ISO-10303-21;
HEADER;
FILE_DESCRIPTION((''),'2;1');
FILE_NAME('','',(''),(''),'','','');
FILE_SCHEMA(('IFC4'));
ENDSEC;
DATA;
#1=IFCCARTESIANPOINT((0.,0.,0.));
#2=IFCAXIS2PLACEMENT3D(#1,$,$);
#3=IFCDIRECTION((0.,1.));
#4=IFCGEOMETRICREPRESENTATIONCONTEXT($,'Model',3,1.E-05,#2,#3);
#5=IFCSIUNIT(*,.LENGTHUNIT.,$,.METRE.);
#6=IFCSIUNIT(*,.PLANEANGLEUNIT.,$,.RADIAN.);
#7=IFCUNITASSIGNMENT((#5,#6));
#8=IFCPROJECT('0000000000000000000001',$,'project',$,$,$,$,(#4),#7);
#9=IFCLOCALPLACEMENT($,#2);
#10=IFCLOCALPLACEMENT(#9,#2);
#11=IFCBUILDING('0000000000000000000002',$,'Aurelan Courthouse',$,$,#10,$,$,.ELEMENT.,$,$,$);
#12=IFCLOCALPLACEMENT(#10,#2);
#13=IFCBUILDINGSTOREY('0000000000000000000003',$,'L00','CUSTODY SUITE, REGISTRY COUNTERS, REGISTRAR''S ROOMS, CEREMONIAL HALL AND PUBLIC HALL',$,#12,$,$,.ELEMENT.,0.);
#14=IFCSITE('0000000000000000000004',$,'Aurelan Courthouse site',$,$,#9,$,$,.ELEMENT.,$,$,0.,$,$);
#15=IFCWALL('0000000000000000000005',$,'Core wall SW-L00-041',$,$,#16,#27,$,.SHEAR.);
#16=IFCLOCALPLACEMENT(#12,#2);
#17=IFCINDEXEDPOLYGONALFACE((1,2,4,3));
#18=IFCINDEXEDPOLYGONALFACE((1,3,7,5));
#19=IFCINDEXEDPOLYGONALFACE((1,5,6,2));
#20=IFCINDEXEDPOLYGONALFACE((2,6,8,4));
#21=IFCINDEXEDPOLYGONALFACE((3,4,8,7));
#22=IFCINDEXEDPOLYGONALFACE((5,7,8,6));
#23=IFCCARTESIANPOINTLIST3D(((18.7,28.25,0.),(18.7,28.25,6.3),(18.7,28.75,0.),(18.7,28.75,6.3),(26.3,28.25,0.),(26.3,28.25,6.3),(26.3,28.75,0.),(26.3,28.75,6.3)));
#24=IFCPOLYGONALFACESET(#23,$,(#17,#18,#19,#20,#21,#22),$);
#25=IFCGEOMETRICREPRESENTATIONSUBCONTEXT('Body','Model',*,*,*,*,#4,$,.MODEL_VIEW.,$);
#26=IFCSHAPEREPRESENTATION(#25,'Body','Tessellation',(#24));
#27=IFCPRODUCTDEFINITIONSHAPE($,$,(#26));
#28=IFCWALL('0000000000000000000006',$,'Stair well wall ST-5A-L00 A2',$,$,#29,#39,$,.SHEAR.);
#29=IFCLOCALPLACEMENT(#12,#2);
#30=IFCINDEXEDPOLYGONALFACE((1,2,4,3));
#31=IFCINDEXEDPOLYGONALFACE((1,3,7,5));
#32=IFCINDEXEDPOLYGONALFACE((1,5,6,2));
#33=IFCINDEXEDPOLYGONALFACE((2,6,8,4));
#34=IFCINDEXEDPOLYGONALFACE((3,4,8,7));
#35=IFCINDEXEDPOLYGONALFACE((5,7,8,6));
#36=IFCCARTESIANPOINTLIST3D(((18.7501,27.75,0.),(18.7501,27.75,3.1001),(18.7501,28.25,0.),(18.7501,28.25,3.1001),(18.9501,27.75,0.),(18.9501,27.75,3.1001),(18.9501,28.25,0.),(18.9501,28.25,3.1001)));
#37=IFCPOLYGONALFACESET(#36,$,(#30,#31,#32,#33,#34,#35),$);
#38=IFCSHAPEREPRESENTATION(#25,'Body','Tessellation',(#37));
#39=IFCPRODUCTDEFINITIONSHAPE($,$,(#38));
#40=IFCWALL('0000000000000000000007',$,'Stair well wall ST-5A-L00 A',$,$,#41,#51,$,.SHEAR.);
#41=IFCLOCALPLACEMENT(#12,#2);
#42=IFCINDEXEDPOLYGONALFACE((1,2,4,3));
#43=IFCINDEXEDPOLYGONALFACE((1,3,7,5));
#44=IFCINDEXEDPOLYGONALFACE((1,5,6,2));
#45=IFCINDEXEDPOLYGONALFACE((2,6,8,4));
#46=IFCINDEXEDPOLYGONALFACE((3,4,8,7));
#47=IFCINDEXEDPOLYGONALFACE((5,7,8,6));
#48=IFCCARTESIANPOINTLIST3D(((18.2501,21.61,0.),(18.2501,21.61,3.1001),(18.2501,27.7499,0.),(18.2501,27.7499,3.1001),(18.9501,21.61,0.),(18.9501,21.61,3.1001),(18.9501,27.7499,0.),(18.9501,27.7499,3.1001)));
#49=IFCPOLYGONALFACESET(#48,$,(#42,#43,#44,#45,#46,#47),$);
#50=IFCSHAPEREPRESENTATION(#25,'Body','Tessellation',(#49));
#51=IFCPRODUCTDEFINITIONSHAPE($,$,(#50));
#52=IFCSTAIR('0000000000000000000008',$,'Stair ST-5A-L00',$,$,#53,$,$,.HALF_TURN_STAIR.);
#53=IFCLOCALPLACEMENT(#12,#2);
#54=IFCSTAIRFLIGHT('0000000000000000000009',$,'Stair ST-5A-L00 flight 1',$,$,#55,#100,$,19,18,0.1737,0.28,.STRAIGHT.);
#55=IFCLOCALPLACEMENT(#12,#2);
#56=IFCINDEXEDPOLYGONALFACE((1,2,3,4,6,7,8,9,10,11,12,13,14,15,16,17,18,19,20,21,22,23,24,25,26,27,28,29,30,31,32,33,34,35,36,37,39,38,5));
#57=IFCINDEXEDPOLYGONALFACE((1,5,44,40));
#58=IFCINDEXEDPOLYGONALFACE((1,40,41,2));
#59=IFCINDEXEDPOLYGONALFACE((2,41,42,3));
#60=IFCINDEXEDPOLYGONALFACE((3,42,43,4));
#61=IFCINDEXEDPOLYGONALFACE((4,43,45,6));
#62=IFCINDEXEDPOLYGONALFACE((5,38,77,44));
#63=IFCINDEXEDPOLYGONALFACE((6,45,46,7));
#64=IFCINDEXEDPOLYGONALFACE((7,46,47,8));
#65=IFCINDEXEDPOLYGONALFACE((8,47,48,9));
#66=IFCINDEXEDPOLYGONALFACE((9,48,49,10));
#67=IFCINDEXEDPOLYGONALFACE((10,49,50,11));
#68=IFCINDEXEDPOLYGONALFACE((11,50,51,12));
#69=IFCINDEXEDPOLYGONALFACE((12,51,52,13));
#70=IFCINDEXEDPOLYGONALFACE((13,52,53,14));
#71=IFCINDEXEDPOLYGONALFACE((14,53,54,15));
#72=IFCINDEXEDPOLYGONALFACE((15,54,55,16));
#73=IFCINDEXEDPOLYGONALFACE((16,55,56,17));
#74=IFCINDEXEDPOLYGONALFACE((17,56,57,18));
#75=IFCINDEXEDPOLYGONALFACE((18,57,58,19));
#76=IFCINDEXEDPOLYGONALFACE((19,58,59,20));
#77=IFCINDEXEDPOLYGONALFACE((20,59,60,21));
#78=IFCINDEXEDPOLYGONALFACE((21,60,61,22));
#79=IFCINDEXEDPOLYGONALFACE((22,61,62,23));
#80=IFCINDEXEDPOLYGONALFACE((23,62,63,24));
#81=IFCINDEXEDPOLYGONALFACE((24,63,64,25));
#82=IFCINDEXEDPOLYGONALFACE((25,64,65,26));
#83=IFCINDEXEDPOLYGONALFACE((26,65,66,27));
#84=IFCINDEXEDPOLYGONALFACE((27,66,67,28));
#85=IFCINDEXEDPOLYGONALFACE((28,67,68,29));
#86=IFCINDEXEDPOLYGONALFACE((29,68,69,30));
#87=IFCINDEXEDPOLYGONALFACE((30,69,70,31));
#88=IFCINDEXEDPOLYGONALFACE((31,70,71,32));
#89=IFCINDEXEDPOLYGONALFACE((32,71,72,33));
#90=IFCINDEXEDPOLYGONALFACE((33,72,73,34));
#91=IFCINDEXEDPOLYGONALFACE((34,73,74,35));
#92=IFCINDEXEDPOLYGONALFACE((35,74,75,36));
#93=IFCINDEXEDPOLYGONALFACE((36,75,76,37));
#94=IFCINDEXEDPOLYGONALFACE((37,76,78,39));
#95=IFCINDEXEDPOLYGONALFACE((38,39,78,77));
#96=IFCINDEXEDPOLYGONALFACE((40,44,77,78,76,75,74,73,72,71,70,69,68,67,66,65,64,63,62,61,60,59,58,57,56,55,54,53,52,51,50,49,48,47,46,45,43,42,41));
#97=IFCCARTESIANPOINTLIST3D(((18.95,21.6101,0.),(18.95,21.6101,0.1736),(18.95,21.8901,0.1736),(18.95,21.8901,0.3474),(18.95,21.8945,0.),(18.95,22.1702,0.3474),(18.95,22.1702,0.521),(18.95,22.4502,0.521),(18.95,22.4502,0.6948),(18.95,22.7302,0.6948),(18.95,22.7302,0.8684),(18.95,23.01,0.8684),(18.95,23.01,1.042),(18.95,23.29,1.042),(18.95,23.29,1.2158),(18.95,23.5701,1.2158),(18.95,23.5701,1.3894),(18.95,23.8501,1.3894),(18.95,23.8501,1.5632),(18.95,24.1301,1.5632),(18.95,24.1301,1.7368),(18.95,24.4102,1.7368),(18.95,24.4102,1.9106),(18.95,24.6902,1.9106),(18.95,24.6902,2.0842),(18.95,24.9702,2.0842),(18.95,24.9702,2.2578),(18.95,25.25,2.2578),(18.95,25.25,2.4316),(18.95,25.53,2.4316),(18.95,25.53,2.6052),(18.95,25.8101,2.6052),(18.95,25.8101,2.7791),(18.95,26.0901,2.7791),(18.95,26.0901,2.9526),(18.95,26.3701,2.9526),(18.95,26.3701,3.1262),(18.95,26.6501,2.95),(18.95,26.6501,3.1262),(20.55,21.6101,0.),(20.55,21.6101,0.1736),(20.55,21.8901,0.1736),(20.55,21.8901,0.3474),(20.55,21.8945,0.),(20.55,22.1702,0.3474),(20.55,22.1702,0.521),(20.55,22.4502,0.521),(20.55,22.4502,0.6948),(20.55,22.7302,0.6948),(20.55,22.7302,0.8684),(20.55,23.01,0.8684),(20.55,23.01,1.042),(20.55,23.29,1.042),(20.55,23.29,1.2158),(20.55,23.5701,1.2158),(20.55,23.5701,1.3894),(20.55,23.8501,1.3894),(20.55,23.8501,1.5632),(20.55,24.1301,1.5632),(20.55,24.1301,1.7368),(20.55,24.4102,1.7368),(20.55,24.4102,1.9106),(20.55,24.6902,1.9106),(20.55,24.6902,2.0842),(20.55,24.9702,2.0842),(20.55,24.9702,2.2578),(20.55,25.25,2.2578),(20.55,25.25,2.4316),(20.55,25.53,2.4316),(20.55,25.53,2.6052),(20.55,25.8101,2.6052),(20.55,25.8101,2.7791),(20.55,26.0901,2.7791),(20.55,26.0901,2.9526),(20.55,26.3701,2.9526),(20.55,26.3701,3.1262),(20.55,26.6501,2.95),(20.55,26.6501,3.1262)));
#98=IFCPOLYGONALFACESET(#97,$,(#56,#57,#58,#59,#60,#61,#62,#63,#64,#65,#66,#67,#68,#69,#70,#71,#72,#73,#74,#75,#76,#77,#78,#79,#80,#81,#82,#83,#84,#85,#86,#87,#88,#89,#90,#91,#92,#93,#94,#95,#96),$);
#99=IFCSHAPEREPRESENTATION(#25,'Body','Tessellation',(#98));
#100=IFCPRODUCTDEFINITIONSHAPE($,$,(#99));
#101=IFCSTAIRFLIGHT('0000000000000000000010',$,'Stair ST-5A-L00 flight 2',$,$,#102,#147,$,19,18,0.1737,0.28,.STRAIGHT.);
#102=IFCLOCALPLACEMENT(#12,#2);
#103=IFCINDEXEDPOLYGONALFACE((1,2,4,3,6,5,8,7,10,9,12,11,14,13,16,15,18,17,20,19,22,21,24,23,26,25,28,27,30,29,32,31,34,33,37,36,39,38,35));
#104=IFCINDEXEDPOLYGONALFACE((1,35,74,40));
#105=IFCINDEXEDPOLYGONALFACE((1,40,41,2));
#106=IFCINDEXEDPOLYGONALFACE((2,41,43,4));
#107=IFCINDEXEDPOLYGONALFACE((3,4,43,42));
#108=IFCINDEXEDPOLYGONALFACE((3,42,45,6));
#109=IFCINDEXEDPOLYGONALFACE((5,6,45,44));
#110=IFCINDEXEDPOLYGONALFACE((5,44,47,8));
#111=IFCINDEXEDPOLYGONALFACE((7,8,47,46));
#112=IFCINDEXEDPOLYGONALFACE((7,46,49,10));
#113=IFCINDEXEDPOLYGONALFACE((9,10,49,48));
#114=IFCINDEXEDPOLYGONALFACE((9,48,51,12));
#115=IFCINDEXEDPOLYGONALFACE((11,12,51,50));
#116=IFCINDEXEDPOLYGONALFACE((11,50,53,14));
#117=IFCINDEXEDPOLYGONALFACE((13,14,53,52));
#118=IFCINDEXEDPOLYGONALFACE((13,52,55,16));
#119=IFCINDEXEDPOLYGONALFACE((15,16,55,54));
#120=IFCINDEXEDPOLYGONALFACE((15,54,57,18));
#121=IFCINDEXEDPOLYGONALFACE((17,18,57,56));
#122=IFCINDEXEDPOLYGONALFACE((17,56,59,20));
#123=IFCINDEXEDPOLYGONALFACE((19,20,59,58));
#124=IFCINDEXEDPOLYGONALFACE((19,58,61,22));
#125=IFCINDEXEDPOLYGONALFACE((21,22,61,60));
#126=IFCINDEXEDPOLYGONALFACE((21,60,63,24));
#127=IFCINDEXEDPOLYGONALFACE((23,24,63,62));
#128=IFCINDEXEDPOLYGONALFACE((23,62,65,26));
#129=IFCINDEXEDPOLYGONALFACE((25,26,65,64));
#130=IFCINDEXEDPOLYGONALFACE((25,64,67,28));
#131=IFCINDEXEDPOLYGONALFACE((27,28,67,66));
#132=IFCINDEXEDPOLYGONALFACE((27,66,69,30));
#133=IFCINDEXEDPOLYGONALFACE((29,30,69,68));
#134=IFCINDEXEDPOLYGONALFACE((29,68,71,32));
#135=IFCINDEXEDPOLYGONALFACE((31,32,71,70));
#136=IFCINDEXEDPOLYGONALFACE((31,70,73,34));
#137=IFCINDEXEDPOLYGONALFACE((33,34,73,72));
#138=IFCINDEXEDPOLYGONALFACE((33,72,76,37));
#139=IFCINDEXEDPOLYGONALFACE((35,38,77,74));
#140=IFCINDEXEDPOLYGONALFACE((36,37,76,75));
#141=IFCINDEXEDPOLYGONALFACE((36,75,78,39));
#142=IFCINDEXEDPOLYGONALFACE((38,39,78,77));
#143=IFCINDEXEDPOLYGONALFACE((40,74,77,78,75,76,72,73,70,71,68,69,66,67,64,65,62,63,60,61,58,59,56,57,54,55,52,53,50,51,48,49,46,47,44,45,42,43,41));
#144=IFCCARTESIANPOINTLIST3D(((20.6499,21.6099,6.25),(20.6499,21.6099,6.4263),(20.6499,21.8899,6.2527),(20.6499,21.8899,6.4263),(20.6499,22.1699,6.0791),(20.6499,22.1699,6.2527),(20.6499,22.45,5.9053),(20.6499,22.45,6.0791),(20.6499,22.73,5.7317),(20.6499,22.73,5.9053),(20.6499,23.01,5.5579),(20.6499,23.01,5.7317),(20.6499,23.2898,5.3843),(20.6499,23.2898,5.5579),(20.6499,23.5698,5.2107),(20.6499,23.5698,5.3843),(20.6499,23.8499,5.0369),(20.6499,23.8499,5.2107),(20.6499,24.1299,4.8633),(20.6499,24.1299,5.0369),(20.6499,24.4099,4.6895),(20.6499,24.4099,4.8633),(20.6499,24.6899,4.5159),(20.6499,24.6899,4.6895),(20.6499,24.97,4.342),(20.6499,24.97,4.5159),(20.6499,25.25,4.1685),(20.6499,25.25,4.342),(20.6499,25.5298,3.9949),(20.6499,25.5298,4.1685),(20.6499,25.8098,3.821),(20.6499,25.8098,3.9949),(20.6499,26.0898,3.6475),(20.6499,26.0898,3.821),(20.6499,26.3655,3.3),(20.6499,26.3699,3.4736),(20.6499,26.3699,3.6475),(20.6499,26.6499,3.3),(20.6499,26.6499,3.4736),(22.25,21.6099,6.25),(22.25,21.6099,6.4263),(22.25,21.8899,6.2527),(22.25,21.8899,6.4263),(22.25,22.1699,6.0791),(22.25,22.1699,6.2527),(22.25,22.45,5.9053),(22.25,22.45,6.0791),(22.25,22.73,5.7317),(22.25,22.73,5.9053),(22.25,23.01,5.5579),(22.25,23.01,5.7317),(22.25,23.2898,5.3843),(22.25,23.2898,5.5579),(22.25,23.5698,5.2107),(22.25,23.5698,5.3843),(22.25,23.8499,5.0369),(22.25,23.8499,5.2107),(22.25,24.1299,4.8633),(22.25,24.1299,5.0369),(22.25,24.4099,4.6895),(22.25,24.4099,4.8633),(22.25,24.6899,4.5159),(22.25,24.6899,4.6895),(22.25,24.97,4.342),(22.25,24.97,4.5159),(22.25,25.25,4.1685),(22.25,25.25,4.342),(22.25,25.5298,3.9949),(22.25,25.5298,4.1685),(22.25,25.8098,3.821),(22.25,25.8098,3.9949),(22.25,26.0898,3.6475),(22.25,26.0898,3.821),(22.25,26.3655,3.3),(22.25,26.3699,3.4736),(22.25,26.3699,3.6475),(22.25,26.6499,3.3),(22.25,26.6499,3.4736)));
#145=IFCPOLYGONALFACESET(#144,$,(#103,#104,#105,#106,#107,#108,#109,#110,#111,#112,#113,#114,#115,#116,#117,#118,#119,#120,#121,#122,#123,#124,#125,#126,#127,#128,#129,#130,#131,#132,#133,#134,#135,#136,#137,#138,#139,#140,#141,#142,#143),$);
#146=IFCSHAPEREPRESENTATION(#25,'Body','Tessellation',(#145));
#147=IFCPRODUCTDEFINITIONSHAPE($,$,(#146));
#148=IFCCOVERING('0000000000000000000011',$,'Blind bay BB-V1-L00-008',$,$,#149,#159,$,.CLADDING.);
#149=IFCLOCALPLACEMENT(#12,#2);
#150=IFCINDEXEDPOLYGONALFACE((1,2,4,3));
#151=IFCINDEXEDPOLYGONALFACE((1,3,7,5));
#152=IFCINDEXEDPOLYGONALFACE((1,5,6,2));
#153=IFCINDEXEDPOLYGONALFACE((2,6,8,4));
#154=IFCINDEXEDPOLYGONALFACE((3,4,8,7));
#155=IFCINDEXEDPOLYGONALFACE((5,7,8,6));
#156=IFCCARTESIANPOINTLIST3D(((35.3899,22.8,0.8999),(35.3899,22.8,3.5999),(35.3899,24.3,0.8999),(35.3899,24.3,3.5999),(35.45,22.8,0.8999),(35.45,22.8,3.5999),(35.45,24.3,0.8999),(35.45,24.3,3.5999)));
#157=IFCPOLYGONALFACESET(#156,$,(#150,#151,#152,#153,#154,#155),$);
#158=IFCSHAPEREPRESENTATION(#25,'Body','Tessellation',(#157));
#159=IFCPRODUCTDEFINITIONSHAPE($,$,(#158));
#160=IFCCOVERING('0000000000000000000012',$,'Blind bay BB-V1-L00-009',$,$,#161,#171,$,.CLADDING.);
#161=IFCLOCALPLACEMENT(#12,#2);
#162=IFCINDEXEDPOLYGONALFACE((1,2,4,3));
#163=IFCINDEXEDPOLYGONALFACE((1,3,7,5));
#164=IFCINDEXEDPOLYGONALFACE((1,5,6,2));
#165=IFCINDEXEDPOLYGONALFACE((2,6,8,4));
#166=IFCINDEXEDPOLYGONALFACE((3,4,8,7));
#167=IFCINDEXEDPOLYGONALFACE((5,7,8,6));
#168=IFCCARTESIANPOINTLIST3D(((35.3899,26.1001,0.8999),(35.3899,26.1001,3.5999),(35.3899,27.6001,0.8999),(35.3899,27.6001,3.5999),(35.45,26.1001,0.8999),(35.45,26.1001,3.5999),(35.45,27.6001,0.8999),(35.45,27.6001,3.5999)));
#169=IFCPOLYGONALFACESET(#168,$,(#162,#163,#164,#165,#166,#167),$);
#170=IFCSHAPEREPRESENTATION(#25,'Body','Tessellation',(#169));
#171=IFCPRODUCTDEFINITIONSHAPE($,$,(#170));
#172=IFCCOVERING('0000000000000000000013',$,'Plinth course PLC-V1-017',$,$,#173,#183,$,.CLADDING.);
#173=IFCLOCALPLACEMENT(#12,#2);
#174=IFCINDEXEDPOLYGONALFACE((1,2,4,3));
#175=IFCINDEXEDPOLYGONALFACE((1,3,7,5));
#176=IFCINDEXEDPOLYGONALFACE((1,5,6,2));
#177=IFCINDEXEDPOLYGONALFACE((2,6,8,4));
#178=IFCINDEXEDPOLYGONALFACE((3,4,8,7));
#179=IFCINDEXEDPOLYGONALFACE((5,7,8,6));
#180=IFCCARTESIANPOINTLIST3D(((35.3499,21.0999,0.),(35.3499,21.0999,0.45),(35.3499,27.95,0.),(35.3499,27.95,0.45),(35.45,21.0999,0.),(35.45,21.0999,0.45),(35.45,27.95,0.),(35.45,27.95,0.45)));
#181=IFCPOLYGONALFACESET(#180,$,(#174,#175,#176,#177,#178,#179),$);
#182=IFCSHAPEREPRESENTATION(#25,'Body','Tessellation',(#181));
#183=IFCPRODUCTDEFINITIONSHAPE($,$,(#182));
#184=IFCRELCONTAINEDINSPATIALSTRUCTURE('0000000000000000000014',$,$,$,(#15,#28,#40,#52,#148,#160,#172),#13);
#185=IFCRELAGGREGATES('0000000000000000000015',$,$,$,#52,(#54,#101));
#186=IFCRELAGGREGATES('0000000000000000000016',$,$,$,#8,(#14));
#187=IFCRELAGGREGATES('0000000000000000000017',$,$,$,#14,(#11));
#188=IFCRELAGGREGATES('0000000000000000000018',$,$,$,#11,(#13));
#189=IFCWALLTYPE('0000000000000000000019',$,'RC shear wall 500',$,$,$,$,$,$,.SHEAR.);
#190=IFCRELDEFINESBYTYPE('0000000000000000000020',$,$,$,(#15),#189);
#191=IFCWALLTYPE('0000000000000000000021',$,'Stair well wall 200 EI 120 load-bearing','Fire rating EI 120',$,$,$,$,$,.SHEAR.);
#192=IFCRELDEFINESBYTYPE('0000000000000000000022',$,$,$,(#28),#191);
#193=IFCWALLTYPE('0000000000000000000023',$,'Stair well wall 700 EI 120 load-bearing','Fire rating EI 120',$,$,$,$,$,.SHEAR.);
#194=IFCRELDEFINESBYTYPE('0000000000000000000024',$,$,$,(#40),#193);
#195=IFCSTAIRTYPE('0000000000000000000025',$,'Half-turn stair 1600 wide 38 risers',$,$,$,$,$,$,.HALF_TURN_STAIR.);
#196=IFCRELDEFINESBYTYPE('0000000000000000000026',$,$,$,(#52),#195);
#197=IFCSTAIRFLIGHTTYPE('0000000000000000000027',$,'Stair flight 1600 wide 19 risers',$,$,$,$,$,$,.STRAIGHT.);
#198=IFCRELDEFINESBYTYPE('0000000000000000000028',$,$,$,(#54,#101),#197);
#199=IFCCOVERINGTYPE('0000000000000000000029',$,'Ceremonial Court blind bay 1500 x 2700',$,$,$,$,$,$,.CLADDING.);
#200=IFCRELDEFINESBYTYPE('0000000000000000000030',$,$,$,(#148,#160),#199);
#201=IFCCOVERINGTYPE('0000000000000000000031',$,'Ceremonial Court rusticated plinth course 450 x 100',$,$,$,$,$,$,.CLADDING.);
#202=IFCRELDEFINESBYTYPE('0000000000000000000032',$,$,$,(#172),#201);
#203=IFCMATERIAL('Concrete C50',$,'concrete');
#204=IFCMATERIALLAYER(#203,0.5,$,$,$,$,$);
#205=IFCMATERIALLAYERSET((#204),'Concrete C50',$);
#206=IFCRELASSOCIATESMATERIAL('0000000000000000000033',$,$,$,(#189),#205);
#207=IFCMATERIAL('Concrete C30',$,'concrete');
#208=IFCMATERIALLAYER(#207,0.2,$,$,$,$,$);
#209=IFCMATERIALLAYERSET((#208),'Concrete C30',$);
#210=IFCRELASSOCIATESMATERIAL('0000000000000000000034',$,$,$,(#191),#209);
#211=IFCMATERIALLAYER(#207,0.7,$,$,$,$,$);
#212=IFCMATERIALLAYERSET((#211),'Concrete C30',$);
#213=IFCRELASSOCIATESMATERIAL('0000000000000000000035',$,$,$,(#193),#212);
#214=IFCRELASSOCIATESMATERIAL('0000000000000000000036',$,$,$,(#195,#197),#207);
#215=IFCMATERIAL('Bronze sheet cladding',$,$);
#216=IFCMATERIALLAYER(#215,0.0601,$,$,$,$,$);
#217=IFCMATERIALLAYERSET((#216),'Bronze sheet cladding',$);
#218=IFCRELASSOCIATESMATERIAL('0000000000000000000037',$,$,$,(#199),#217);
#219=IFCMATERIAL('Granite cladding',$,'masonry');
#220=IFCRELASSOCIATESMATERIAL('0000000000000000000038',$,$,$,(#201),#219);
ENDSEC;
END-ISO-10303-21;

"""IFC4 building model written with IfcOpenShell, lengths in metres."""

from ifc_helpers import new_model, si_unit, direction, frame, frame_2d, origin, origin_2d, place, context, subcontext, project, spatial, polyline, rectangle, outline, extrude, material, layer, layer_set, type_object, element, aggregate, save


model = new_model("IFC4")

# Units and contexts
model_context = context("Model", 3, precision=1e-05, world=origin(), true_north=direction((0.0, 1.0)))
body_context = subcontext(model_context, "Body", "Model", "MODEL_VIEW")
ifc_project = project(units=[si_unit("LENGTHUNIT", "METRE"), si_unit("PLANEANGLEUNIT", "RADIAN")], contexts=[model_context])

# Site, building, storey
site_placement = place(None, origin())
site = spatial("IfcSite", under=ifc_project, at=site_placement, Name="Aurelan Courthouse site", CompositionType="ELEMENT", RefElevation=0.0)
building_placement = place(site_placement, origin())
building = spatial("IfcBuilding", under=site, at=building_placement, Name="Aurelan Courthouse", CompositionType="ELEMENT")
storey_placement = place(building_placement, origin())
storey = spatial("IfcBuildingStorey", under=building, at=storey_placement, Name="L00", Description="CUSTODY SUITE, REGISTRY COUNTERS, REGISTRAR'S ROOMS, CEREMONIAL HALL AND PUBLIC HALL", CompositionType="ELEMENT", Elevation=0.0)

# Shared definitions
ifc_material_1 = material(Name="Concrete C50", Category="concrete")

# Shared definitions
ifc_material_2 = material(Name="Concrete C30", Category="concrete")
ifc_material_3 = material(Name="Granite cladding", Category="masonry")
ifc_layer_1 = layer(ifc_material_1, 0.5)
ifc_layer_set_1 = layer_set([ifc_layer_1], Name="Concrete C50")
wall_type_1 = type_object("IfcWallType", Name="RC shear wall 500", PredefinedType="SHEAR", material=ifc_layer_set_1)

# Walls
wall_1_placement = place(storey_placement, frame((18.7, 28.5, 0.0), z_axis=(0.0, 0.0, 1.0), x_axis=(1.0, 0.0, 0.0)))
element("IfcWall", 1, at=wall_1_placement, inside=storey, type_object=wall_type_1, Name="Core wall SW-L00-041", PredefinedType="SHEAR", context=body_context, shape_type="SweptSolid", body=[
    extrude(rectangle(XDim=7.6001, YDim=0.5, at=frame_2d((3.8, 0.0))), origin(), (0.0, 0.0, 1.0), 6.3),
])
ifc_layer_2 = layer(ifc_material_2, 0.2)
ifc_layer_set_2 = layer_set([ifc_layer_2], Name="Concrete C30")
wall_type_2 = type_object("IfcWallType", Name="Stair well wall 200 EI 120 load-bearing", Description="Fire rating EI 120", PredefinedType="SHEAR", material=ifc_layer_set_2)
wall_2_placement = place(storey_placement, frame((18.8501, 27.75, 0.0), z_axis=(0.0, 0.0, 1.0), x_axis=(0.0, 1.0, 0.0)))
element("IfcWall", 2, at=wall_2_placement, inside=storey, type_object=wall_type_2, Name="Stair well wall ST-5A-L00 A2", PredefinedType="SHEAR", context=body_context, shape_type="SweptSolid", body=[
    extrude(rectangle(XDim=0.5, YDim=0.2, at=frame_2d((0.25, 0.0))), origin(), (0.0, 0.0, 1.0), 3.1001),
])
ifc_layer_3 = layer(ifc_material_2, 0.7)
ifc_layer_set_3 = layer_set([ifc_layer_3], Name="Concrete C30")
wall_type_3 = type_object("IfcWallType", Name="Stair well wall 700 EI 120 load-bearing", Description="Fire rating EI 120", PredefinedType="SHEAR", material=ifc_layer_set_3)
wall_3_placement = place(storey_placement, frame((18.6001, 21.6101, 0.0), z_axis=(0.0, 0.0, 1.0), x_axis=(0.0, 1.0, 0.0)))
element("IfcWall", 3, at=wall_3_placement, inside=storey, type_object=wall_type_3, Name="Stair well wall ST-5A-L00 A", PredefinedType="SHEAR", context=body_context, shape_type="SweptSolid", body=[
    extrude(rectangle(XDim=6.1399, YDim=0.7, at=frame_2d((3.0698, 0.0))), origin(), (0.0, 0.0, 1.0), 3.1001),
])

# Stair, stair flights
stair_type = type_object("IfcStairType", Name="Half-turn stair 1600 wide 38 risers", PredefinedType="HALF_TURN_STAIR", material=ifc_material_2)
stair_placement = place(storey_placement, origin())
stair = element("IfcStair", 4, at=stair_placement, inside=storey, type_object=stair_type, Name="Stair ST-5A-L00", PredefinedType="HALF_TURN_STAIR")
stair_flight_type = type_object("IfcStairFlightType", Name="Stair flight 1600 wide 19 risers", PredefinedType="STRAIGHT", material=ifc_material_2)
stair_flight_1_placement = place(storey_placement, frame((19.75, 21.6101, 0.0), z_axis=(0.0, 0.0, 1.0), x_axis=(0.0, 1.0, 0.0)))
stair_flight_1 = element("IfcStairFlight", 5, at=stair_flight_1_placement, type_object=stair_flight_type, Name="Stair ST-5A-L00 flight 1", NumberOfRisers=19, NumberOfTreads=18, PredefinedType="STRAIGHT", RiserHeight=0.1737, TreadLength=0.28, context=body_context, shape_type="SweptSolid", body=[
    extrude(outline(polyline([(0.0, 0.0), (0.0, 0.1736), (0.28, 0.1736), (0.28, 0.3474), (0.5601, 0.3474), (0.5601, 0.521), (0.8401, 0.521), (0.8401, 0.6948), (1.1201, 0.6948), (1.1201, 0.8684), (1.3999, 0.8684), (1.3999, 1.042), (1.6799, 1.042), (1.6799, 1.2158), (1.96, 1.2158), (1.96, 1.3894), (2.24, 1.3894), (2.24, 1.5632), (2.52, 1.5632), (2.52, 1.7368), (2.8, 1.7368), (2.8, 1.9106), (3.0801, 1.9106), (3.0801, 2.0842), (3.3601, 2.0842), (3.3601, 2.2578), (3.6399, 2.2578), (3.6399, 2.4316), (3.9199, 2.4316), (3.9199, 2.6052), (4.2, 2.6052), (4.2, 2.7791), (4.48, 2.7791), (4.48, 2.9526), (4.76, 2.9526), (4.76, 3.1262), (5.04, 3.1262), (5.04, 3.3), (5.04, 2.95), (0.2844, 0.0), (0.0, 0.0)])), frame((0.0, 0.8, 0.0), z_axis=(0.0, -1.0, 0.0), x_axis=(1.0, 0.0, 0.0)), (0.0, 0.0, 1.0), 1.6001),
])
stair_flight_2_placement = place(storey_placement, frame((21.45, 26.6499, 3.3), z_axis=(0.0, 0.0, 1.0), x_axis=(0.0, -1.0, 0.0)))
stair_flight_2 = element("IfcStairFlight", 6, at=stair_flight_2_placement, type_object=stair_flight_type, Name="Stair ST-5A-L00 flight 2", NumberOfRisers=19, NumberOfTreads=18, PredefinedType="STRAIGHT", RiserHeight=0.1737, TreadLength=0.28, context=body_context, shape_type="SweptSolid", body=[
    extrude(outline(polyline([(0.0, 0.0), (0.0, 0.1736), (0.28, 0.1736), (0.28, 0.3474), (0.5601, 0.3474), (0.5601, 0.521), (0.8401, 0.521), (0.8401, 0.6948), (1.1201, 0.6948), (1.1201, 0.8684), (1.3999, 0.8684), (1.3999, 1.042), (1.6799, 1.042), (1.6799, 1.2158), (1.96, 1.2158), (1.96, 1.3894), (2.24, 1.3894), (2.24, 1.5632), (2.52, 1.5632), (2.52, 1.7368), (2.8, 1.7368), (2.8, 1.9106), (3.0801, 1.9106), (3.0801, 2.0842), (3.3601, 2.0842), (3.3601, 2.2578), (3.6399, 2.2578), (3.6399, 2.4316), (3.9199, 2.4316), (3.9199, 2.6052), (4.2, 2.6052), (4.2, 2.7791), (4.48, 2.7791), (4.48, 2.9526), (4.76, 2.9526), (4.76, 3.1262), (5.04, 3.1262), (5.04, 3.3), (5.04, 2.95), (0.2844, 0.0), (0.0, 0.0)])), frame((0.0, 0.8, 0.0), z_axis=(0.0, -1.0, 0.0), x_axis=(1.0, 0.0, 0.0)), (0.0, 0.0, 1.0), 1.6001),
])
aggregate(stair, [stair_flight_1, stair_flight_2])

# Coverings
ifc_material_4 = material(Name="Bronze sheet cladding")
ifc_layer_4 = layer(ifc_material_4, 0.0601)
ifc_layer_set_4 = layer_set([ifc_layer_4], Name="Bronze sheet cladding")
covering_type_1 = type_object("IfcCoveringType", Name="Ceremonial Court blind bay 1500 x 2700", PredefinedType="CLADDING", material=ifc_layer_set_4)
for number, where, z_axis, x_axis, name in (
    (7, (35.4199, 23.55, 0.8999), (0.0, 0.0, 1.0), (1.0, 0.0, 0.0), "Blind bay BB-V1-L00-008"),
    (8, (35.4199, 26.8501, 0.8999), (0.0, 0.0, 1.0), (1.0, 0.0, 0.0), "Blind bay BB-V1-L00-009"),
):
    element("IfcCovering", number, at=place(storey_placement, frame(where, z_axis=z_axis, x_axis=x_axis)), inside=storey, type_object=covering_type_1, Name=name, PredefinedType="CLADDING", context=body_context, shape_type="SweptSolid", body=[
        extrude(rectangle(XDim=0.0601, YDim=1.5, at=origin_2d()), origin(), (0.0, 0.0, 1.0), 2.7),
    ])
covering_type_2 = type_object("IfcCoveringType", Name="Ceremonial Court rusticated plinth course 450 x 100", PredefinedType="CLADDING", material=ifc_material_3)
covering_1_placement = place(storey_placement, frame((35.3999, 24.5249, 0.0), z_axis=(0.0, 0.0, 1.0), x_axis=(1.0, 0.0, 0.0)))
element("IfcCovering", 9, at=covering_1_placement, inside=storey, type_object=covering_type_2, Name="Plinth course PLC-V1-017", PredefinedType="CLADDING", context=body_context, shape_type="SweptSolid", body=[
    extrude(rectangle(XDim=0.1001, YDim=6.8501, at=origin_2d()), origin(), (0.0, 0.0, 1.0), 0.45),
])

save(model, "model.ifc")
